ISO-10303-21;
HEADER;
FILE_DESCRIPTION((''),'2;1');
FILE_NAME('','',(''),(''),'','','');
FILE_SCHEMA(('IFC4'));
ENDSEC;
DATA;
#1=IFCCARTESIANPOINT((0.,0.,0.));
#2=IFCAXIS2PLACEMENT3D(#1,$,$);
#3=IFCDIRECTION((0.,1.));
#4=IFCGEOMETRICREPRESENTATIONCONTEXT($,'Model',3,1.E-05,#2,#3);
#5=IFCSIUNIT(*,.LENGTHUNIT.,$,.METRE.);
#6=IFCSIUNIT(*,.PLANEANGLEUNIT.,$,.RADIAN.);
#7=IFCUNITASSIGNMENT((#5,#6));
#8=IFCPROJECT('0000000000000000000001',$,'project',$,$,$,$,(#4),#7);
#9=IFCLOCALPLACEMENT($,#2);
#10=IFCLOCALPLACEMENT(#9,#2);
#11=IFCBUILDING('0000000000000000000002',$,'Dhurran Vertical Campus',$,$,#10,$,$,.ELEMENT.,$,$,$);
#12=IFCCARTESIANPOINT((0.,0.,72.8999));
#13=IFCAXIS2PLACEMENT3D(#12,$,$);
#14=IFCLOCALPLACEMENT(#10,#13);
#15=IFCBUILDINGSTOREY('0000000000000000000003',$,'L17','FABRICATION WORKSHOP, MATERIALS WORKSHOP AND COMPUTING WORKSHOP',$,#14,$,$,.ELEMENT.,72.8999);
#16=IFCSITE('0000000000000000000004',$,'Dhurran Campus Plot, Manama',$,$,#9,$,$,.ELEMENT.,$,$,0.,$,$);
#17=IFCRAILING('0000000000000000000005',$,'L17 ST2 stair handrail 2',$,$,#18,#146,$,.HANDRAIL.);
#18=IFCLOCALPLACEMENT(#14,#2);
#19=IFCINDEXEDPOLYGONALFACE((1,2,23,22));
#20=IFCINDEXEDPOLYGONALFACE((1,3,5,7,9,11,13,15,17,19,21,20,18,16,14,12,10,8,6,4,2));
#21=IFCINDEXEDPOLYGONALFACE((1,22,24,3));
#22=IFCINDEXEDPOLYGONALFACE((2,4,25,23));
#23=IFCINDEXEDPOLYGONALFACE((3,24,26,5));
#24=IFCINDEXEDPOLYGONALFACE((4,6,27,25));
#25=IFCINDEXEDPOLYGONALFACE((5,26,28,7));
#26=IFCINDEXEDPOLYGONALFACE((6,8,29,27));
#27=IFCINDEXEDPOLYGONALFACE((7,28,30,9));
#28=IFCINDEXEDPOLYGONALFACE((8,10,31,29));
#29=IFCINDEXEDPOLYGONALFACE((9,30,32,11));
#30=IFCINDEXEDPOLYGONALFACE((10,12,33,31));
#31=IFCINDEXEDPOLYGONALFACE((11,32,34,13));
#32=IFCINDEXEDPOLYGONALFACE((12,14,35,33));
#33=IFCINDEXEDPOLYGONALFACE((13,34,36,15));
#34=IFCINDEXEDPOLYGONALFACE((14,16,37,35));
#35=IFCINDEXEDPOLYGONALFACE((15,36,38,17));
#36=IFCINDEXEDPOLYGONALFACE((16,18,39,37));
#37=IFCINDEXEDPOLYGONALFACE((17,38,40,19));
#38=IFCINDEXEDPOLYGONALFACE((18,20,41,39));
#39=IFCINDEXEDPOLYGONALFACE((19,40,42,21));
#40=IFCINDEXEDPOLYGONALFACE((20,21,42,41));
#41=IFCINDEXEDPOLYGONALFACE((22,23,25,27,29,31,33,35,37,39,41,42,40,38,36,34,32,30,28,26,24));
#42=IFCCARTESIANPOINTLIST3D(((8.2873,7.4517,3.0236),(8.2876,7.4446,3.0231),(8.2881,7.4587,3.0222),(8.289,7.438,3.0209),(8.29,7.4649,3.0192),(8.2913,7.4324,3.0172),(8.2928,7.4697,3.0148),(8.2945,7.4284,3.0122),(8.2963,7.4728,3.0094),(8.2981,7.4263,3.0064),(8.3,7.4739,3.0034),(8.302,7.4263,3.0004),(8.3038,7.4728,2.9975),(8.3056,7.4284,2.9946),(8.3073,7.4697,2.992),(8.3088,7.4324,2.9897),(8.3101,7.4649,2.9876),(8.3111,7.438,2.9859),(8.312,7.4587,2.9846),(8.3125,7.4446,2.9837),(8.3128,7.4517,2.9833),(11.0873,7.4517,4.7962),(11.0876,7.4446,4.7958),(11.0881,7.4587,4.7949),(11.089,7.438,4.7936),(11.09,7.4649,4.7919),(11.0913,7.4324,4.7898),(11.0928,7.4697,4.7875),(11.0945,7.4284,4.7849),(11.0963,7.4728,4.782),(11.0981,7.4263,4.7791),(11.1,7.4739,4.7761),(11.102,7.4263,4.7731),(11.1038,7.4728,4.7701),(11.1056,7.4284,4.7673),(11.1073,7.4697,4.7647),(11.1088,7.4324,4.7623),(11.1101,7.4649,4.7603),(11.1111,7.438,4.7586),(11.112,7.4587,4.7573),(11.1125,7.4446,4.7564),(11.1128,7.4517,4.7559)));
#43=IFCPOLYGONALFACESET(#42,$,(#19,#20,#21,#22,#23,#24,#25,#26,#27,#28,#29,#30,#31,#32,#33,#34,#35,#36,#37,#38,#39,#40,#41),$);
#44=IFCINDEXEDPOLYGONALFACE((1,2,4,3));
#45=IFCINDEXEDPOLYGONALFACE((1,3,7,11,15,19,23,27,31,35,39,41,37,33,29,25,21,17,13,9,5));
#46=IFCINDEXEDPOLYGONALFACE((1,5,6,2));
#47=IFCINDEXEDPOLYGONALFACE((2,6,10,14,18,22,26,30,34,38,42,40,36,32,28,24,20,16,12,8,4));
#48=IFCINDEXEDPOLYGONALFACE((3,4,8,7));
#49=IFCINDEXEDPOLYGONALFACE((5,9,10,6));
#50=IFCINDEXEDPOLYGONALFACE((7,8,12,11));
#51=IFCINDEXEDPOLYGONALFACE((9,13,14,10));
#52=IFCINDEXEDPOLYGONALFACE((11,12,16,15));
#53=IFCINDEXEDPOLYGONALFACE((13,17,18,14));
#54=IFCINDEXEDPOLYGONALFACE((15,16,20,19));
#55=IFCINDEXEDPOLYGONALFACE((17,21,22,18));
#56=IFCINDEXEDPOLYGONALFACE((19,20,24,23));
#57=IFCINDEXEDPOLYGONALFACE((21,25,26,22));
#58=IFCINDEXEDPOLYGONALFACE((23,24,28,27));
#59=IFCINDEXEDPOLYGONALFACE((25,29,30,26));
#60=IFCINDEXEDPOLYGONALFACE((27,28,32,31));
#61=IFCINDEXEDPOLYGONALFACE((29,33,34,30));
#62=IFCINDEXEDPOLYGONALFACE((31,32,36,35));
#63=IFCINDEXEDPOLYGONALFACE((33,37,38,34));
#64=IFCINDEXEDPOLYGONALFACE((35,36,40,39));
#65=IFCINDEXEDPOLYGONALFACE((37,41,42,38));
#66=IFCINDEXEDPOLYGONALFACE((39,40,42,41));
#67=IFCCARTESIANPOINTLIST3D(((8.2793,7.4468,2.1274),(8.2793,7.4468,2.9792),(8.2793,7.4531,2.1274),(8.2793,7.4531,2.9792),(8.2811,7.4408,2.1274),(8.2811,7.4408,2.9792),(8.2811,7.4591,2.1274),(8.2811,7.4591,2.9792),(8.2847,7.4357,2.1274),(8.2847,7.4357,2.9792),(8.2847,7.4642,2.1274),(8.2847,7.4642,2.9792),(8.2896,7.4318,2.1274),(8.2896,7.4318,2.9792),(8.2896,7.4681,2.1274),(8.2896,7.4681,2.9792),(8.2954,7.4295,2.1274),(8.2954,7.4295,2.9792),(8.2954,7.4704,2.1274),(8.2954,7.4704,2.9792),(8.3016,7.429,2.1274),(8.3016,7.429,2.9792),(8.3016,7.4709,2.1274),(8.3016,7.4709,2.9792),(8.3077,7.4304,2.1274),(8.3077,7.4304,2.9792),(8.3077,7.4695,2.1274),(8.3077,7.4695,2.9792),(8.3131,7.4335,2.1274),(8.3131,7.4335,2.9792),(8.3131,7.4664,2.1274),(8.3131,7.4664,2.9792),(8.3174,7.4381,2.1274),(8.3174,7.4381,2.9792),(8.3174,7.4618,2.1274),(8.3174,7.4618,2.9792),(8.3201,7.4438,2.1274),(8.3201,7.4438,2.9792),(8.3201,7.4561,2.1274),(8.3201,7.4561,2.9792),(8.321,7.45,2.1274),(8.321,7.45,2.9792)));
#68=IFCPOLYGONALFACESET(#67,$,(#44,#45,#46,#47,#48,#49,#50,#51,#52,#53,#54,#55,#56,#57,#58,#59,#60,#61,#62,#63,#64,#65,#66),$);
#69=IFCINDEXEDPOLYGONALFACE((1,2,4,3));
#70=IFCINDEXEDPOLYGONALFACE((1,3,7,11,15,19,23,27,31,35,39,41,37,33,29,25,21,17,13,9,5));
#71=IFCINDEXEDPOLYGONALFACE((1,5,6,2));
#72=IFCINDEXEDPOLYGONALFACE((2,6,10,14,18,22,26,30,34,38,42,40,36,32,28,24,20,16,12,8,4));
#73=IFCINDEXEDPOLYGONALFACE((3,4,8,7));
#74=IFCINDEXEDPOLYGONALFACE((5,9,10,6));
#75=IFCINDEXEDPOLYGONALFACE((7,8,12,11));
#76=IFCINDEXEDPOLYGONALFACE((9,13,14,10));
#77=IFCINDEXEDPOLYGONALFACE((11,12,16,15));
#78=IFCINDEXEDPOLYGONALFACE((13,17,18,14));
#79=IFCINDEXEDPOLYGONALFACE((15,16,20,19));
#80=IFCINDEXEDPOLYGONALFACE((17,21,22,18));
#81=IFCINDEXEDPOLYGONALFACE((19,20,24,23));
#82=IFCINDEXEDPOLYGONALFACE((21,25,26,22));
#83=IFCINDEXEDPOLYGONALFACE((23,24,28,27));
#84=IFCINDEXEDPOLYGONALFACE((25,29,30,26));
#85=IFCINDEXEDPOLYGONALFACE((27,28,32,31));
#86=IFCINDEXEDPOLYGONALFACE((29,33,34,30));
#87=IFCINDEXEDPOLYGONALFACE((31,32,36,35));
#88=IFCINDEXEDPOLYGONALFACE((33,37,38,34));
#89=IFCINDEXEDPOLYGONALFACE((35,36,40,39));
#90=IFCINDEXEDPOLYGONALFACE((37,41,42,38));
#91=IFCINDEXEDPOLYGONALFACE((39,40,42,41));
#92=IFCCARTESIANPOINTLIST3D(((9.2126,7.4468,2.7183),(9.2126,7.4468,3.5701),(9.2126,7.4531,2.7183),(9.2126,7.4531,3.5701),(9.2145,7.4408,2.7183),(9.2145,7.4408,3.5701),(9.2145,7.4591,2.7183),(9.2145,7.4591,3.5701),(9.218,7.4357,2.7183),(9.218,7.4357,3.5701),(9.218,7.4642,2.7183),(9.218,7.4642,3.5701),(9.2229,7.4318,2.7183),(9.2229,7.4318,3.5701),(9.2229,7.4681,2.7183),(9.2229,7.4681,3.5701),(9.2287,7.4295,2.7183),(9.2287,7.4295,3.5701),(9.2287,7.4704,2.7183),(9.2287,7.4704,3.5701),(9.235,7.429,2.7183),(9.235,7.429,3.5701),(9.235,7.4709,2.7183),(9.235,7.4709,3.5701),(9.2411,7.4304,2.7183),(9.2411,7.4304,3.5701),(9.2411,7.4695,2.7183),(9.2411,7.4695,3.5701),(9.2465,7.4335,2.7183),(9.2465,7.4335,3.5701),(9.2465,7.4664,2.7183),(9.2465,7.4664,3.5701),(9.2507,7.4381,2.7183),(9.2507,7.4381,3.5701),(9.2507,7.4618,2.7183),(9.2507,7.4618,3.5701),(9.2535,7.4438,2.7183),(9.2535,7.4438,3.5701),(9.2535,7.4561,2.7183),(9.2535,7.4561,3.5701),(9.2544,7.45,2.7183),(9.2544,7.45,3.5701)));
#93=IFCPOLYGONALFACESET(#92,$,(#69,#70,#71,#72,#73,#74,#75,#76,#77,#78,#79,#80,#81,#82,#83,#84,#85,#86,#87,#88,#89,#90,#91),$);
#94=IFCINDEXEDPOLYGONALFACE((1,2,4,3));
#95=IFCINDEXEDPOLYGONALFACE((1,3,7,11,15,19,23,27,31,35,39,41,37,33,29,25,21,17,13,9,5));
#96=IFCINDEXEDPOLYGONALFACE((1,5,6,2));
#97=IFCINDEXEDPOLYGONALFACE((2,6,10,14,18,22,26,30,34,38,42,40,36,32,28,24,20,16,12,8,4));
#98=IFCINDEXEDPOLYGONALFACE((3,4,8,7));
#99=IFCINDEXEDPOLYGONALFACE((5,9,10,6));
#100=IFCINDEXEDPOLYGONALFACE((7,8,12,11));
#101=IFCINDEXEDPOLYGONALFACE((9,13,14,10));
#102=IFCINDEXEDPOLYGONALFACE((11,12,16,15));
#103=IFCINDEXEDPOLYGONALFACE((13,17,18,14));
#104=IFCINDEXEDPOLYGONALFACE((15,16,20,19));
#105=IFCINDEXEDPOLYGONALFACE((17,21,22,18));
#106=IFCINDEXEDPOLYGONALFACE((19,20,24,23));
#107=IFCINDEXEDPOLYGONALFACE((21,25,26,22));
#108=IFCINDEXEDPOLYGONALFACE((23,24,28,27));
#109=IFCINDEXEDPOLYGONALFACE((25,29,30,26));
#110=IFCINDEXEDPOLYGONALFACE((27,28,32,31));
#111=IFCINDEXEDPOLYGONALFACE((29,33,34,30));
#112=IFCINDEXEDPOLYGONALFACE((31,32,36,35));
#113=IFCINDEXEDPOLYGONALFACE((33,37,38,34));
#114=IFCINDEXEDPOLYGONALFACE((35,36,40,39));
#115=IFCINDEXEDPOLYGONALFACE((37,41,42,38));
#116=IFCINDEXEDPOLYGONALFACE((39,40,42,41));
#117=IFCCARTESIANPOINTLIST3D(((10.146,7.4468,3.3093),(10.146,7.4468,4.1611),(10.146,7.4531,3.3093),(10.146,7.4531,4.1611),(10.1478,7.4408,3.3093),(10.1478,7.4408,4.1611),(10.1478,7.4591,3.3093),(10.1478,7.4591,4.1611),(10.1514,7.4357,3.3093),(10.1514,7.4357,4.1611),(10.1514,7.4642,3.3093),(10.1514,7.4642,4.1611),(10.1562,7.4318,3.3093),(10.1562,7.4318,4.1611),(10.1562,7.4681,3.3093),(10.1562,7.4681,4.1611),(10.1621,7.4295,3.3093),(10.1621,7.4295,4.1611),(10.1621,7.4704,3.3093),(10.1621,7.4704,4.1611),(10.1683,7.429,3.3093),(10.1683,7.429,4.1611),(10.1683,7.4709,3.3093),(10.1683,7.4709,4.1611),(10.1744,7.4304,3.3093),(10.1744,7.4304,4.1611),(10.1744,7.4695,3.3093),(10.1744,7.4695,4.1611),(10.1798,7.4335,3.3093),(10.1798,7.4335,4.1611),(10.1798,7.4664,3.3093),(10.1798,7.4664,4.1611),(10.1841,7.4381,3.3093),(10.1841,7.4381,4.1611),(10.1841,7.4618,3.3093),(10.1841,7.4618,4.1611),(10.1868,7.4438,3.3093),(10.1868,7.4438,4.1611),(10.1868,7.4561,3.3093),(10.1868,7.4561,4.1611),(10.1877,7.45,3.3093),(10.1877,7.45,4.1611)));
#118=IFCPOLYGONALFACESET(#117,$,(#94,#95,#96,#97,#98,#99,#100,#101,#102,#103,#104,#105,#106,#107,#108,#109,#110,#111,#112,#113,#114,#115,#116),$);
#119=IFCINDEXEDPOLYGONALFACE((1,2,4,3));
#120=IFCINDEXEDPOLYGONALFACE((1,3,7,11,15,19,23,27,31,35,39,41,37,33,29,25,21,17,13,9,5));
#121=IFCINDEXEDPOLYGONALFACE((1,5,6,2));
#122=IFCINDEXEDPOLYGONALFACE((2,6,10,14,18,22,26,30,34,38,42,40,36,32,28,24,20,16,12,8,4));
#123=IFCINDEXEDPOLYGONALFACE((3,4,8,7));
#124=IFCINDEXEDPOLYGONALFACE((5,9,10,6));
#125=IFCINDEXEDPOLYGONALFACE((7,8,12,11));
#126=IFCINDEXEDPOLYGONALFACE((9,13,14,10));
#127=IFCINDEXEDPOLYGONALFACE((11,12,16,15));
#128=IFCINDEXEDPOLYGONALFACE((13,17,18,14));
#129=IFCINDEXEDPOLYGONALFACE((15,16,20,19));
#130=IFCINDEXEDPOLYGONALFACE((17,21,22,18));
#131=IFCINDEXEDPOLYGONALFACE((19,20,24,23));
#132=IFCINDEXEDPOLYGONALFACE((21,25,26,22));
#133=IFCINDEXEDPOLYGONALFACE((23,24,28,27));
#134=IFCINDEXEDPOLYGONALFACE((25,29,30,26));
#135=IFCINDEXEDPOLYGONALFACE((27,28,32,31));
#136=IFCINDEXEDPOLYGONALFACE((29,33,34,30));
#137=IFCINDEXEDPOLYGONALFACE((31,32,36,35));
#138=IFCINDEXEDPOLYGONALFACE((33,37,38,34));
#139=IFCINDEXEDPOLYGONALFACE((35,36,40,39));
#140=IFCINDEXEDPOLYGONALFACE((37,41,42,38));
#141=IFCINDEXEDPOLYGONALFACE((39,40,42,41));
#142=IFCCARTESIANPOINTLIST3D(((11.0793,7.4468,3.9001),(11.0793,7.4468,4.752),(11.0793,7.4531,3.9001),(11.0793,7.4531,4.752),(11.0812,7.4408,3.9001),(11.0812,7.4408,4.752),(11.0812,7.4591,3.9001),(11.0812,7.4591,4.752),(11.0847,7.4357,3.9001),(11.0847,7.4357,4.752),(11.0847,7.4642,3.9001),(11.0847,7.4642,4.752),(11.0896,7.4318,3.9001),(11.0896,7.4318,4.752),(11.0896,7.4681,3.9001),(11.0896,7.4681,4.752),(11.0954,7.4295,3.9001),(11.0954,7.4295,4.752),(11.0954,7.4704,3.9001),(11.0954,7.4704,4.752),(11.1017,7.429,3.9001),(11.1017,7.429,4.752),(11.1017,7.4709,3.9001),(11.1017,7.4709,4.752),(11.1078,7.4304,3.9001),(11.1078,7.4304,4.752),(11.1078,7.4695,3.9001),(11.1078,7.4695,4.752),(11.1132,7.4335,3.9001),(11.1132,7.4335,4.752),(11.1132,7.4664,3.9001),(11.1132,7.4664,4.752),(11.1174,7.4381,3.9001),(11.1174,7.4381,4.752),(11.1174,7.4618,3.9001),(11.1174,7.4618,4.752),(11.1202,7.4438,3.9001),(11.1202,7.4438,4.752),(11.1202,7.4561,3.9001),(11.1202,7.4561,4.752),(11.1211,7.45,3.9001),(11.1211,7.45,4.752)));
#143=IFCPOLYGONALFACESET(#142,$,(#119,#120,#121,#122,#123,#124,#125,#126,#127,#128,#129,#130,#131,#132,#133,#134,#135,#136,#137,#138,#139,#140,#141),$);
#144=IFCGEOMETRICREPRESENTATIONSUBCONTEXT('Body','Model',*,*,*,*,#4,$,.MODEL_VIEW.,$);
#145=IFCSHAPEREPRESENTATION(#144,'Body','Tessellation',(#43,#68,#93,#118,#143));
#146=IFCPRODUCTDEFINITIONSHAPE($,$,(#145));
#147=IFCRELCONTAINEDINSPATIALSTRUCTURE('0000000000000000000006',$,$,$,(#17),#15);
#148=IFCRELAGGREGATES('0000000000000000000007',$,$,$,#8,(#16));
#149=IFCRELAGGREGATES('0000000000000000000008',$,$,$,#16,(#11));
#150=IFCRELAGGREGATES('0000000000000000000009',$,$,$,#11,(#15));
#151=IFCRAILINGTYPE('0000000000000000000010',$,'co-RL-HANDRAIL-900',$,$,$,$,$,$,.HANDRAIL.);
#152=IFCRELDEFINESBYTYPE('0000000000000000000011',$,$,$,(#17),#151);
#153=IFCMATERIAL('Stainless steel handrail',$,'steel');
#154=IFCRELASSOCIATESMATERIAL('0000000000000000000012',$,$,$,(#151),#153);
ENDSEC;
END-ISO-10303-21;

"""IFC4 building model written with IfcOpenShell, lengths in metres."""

from ifc_helpers import new_model, si_unit, direction, frame, origin, origin_2d, place, context, subcontext, project, spatial, circle, extrude, material, type_object, element, save


model = new_model("IFC4")

# Units and contexts
model_context = context("Model", 3, precision=1e-05, world=origin(), true_north=direction((0.0, 1.0)))
body_context = subcontext(model_context, "Body", "Model", "MODEL_VIEW")
ifc_project = project(units=[si_unit("LENGTHUNIT", "METRE"), si_unit("PLANEANGLEUNIT", "RADIAN")], contexts=[model_context])

# Site, building, storey
site_placement = place(None, origin())
site = spatial("IfcSite", under=ifc_project, at=site_placement, Name="Dhurran Campus Plot, Manama", CompositionType="ELEMENT", RefElevation=0.0)
building_placement = place(site_placement, origin())
building = spatial("IfcBuilding", under=site, at=building_placement, Name="Dhurran Vertical Campus", CompositionType="ELEMENT")
storey_placement = place(building_placement, frame((0.0, 0.0, 72.8999)))
storey = spatial("IfcBuildingStorey", under=building, at=storey_placement, Name="L17", Description="FABRICATION WORKSHOP, MATERIALS WORKSHOP AND COMPUTING WORKSHOP", CompositionType="ELEMENT", Elevation=72.8999)

# Railing
ifc_material_1 = material(Name="Stainless steel handrail", Category="steel")
railing_type_1 = type_object("IfcRailingType", Name="co-RL-HANDRAIL-900", PredefinedType="HANDRAIL", material=ifc_material_1)
railing_1_placement = place(storey_placement, frame((8.3, 7.45, 2.1274)))
element("IfcRailing", 1, at=railing_1_placement, inside=storey, type_object=railing_type_1, Name="L17 ST2 stair handrail 2", PredefinedType="HANDRAIL", context=body_context, shape_type="SweptSolid", body=[
    extrude(circle(Radius=0.0239, at=origin_2d()), frame((0.0, 0.0, 0.876), z_axis=(0.844909, 0.0, 0.53491), x_axis=(0.0, 1.0, 0.0)), (0.0, 0.0, 1.0), 3.314),
    extrude(circle(Radius=0.021, at=origin_2d()), origin(), (0.0, 0.0, 1.0), 0.8518),
    extrude(circle(Radius=0.021, at=origin_2d()), frame((0.9333, 0.0, 0.5908)), (0.0, 0.0, 1.0), 0.8518),
    extrude(circle(Radius=0.021, at=origin_2d()), frame((1.8667, 0.0, 1.1819)), (0.0, 0.0, 1.0), 0.8518),
    extrude(circle(Radius=0.021, at=origin_2d()), frame((2.8, 0.0, 1.7727)), (0.0, 0.0, 1.0), 0.8518),
])

save(model, "model.ifc")
